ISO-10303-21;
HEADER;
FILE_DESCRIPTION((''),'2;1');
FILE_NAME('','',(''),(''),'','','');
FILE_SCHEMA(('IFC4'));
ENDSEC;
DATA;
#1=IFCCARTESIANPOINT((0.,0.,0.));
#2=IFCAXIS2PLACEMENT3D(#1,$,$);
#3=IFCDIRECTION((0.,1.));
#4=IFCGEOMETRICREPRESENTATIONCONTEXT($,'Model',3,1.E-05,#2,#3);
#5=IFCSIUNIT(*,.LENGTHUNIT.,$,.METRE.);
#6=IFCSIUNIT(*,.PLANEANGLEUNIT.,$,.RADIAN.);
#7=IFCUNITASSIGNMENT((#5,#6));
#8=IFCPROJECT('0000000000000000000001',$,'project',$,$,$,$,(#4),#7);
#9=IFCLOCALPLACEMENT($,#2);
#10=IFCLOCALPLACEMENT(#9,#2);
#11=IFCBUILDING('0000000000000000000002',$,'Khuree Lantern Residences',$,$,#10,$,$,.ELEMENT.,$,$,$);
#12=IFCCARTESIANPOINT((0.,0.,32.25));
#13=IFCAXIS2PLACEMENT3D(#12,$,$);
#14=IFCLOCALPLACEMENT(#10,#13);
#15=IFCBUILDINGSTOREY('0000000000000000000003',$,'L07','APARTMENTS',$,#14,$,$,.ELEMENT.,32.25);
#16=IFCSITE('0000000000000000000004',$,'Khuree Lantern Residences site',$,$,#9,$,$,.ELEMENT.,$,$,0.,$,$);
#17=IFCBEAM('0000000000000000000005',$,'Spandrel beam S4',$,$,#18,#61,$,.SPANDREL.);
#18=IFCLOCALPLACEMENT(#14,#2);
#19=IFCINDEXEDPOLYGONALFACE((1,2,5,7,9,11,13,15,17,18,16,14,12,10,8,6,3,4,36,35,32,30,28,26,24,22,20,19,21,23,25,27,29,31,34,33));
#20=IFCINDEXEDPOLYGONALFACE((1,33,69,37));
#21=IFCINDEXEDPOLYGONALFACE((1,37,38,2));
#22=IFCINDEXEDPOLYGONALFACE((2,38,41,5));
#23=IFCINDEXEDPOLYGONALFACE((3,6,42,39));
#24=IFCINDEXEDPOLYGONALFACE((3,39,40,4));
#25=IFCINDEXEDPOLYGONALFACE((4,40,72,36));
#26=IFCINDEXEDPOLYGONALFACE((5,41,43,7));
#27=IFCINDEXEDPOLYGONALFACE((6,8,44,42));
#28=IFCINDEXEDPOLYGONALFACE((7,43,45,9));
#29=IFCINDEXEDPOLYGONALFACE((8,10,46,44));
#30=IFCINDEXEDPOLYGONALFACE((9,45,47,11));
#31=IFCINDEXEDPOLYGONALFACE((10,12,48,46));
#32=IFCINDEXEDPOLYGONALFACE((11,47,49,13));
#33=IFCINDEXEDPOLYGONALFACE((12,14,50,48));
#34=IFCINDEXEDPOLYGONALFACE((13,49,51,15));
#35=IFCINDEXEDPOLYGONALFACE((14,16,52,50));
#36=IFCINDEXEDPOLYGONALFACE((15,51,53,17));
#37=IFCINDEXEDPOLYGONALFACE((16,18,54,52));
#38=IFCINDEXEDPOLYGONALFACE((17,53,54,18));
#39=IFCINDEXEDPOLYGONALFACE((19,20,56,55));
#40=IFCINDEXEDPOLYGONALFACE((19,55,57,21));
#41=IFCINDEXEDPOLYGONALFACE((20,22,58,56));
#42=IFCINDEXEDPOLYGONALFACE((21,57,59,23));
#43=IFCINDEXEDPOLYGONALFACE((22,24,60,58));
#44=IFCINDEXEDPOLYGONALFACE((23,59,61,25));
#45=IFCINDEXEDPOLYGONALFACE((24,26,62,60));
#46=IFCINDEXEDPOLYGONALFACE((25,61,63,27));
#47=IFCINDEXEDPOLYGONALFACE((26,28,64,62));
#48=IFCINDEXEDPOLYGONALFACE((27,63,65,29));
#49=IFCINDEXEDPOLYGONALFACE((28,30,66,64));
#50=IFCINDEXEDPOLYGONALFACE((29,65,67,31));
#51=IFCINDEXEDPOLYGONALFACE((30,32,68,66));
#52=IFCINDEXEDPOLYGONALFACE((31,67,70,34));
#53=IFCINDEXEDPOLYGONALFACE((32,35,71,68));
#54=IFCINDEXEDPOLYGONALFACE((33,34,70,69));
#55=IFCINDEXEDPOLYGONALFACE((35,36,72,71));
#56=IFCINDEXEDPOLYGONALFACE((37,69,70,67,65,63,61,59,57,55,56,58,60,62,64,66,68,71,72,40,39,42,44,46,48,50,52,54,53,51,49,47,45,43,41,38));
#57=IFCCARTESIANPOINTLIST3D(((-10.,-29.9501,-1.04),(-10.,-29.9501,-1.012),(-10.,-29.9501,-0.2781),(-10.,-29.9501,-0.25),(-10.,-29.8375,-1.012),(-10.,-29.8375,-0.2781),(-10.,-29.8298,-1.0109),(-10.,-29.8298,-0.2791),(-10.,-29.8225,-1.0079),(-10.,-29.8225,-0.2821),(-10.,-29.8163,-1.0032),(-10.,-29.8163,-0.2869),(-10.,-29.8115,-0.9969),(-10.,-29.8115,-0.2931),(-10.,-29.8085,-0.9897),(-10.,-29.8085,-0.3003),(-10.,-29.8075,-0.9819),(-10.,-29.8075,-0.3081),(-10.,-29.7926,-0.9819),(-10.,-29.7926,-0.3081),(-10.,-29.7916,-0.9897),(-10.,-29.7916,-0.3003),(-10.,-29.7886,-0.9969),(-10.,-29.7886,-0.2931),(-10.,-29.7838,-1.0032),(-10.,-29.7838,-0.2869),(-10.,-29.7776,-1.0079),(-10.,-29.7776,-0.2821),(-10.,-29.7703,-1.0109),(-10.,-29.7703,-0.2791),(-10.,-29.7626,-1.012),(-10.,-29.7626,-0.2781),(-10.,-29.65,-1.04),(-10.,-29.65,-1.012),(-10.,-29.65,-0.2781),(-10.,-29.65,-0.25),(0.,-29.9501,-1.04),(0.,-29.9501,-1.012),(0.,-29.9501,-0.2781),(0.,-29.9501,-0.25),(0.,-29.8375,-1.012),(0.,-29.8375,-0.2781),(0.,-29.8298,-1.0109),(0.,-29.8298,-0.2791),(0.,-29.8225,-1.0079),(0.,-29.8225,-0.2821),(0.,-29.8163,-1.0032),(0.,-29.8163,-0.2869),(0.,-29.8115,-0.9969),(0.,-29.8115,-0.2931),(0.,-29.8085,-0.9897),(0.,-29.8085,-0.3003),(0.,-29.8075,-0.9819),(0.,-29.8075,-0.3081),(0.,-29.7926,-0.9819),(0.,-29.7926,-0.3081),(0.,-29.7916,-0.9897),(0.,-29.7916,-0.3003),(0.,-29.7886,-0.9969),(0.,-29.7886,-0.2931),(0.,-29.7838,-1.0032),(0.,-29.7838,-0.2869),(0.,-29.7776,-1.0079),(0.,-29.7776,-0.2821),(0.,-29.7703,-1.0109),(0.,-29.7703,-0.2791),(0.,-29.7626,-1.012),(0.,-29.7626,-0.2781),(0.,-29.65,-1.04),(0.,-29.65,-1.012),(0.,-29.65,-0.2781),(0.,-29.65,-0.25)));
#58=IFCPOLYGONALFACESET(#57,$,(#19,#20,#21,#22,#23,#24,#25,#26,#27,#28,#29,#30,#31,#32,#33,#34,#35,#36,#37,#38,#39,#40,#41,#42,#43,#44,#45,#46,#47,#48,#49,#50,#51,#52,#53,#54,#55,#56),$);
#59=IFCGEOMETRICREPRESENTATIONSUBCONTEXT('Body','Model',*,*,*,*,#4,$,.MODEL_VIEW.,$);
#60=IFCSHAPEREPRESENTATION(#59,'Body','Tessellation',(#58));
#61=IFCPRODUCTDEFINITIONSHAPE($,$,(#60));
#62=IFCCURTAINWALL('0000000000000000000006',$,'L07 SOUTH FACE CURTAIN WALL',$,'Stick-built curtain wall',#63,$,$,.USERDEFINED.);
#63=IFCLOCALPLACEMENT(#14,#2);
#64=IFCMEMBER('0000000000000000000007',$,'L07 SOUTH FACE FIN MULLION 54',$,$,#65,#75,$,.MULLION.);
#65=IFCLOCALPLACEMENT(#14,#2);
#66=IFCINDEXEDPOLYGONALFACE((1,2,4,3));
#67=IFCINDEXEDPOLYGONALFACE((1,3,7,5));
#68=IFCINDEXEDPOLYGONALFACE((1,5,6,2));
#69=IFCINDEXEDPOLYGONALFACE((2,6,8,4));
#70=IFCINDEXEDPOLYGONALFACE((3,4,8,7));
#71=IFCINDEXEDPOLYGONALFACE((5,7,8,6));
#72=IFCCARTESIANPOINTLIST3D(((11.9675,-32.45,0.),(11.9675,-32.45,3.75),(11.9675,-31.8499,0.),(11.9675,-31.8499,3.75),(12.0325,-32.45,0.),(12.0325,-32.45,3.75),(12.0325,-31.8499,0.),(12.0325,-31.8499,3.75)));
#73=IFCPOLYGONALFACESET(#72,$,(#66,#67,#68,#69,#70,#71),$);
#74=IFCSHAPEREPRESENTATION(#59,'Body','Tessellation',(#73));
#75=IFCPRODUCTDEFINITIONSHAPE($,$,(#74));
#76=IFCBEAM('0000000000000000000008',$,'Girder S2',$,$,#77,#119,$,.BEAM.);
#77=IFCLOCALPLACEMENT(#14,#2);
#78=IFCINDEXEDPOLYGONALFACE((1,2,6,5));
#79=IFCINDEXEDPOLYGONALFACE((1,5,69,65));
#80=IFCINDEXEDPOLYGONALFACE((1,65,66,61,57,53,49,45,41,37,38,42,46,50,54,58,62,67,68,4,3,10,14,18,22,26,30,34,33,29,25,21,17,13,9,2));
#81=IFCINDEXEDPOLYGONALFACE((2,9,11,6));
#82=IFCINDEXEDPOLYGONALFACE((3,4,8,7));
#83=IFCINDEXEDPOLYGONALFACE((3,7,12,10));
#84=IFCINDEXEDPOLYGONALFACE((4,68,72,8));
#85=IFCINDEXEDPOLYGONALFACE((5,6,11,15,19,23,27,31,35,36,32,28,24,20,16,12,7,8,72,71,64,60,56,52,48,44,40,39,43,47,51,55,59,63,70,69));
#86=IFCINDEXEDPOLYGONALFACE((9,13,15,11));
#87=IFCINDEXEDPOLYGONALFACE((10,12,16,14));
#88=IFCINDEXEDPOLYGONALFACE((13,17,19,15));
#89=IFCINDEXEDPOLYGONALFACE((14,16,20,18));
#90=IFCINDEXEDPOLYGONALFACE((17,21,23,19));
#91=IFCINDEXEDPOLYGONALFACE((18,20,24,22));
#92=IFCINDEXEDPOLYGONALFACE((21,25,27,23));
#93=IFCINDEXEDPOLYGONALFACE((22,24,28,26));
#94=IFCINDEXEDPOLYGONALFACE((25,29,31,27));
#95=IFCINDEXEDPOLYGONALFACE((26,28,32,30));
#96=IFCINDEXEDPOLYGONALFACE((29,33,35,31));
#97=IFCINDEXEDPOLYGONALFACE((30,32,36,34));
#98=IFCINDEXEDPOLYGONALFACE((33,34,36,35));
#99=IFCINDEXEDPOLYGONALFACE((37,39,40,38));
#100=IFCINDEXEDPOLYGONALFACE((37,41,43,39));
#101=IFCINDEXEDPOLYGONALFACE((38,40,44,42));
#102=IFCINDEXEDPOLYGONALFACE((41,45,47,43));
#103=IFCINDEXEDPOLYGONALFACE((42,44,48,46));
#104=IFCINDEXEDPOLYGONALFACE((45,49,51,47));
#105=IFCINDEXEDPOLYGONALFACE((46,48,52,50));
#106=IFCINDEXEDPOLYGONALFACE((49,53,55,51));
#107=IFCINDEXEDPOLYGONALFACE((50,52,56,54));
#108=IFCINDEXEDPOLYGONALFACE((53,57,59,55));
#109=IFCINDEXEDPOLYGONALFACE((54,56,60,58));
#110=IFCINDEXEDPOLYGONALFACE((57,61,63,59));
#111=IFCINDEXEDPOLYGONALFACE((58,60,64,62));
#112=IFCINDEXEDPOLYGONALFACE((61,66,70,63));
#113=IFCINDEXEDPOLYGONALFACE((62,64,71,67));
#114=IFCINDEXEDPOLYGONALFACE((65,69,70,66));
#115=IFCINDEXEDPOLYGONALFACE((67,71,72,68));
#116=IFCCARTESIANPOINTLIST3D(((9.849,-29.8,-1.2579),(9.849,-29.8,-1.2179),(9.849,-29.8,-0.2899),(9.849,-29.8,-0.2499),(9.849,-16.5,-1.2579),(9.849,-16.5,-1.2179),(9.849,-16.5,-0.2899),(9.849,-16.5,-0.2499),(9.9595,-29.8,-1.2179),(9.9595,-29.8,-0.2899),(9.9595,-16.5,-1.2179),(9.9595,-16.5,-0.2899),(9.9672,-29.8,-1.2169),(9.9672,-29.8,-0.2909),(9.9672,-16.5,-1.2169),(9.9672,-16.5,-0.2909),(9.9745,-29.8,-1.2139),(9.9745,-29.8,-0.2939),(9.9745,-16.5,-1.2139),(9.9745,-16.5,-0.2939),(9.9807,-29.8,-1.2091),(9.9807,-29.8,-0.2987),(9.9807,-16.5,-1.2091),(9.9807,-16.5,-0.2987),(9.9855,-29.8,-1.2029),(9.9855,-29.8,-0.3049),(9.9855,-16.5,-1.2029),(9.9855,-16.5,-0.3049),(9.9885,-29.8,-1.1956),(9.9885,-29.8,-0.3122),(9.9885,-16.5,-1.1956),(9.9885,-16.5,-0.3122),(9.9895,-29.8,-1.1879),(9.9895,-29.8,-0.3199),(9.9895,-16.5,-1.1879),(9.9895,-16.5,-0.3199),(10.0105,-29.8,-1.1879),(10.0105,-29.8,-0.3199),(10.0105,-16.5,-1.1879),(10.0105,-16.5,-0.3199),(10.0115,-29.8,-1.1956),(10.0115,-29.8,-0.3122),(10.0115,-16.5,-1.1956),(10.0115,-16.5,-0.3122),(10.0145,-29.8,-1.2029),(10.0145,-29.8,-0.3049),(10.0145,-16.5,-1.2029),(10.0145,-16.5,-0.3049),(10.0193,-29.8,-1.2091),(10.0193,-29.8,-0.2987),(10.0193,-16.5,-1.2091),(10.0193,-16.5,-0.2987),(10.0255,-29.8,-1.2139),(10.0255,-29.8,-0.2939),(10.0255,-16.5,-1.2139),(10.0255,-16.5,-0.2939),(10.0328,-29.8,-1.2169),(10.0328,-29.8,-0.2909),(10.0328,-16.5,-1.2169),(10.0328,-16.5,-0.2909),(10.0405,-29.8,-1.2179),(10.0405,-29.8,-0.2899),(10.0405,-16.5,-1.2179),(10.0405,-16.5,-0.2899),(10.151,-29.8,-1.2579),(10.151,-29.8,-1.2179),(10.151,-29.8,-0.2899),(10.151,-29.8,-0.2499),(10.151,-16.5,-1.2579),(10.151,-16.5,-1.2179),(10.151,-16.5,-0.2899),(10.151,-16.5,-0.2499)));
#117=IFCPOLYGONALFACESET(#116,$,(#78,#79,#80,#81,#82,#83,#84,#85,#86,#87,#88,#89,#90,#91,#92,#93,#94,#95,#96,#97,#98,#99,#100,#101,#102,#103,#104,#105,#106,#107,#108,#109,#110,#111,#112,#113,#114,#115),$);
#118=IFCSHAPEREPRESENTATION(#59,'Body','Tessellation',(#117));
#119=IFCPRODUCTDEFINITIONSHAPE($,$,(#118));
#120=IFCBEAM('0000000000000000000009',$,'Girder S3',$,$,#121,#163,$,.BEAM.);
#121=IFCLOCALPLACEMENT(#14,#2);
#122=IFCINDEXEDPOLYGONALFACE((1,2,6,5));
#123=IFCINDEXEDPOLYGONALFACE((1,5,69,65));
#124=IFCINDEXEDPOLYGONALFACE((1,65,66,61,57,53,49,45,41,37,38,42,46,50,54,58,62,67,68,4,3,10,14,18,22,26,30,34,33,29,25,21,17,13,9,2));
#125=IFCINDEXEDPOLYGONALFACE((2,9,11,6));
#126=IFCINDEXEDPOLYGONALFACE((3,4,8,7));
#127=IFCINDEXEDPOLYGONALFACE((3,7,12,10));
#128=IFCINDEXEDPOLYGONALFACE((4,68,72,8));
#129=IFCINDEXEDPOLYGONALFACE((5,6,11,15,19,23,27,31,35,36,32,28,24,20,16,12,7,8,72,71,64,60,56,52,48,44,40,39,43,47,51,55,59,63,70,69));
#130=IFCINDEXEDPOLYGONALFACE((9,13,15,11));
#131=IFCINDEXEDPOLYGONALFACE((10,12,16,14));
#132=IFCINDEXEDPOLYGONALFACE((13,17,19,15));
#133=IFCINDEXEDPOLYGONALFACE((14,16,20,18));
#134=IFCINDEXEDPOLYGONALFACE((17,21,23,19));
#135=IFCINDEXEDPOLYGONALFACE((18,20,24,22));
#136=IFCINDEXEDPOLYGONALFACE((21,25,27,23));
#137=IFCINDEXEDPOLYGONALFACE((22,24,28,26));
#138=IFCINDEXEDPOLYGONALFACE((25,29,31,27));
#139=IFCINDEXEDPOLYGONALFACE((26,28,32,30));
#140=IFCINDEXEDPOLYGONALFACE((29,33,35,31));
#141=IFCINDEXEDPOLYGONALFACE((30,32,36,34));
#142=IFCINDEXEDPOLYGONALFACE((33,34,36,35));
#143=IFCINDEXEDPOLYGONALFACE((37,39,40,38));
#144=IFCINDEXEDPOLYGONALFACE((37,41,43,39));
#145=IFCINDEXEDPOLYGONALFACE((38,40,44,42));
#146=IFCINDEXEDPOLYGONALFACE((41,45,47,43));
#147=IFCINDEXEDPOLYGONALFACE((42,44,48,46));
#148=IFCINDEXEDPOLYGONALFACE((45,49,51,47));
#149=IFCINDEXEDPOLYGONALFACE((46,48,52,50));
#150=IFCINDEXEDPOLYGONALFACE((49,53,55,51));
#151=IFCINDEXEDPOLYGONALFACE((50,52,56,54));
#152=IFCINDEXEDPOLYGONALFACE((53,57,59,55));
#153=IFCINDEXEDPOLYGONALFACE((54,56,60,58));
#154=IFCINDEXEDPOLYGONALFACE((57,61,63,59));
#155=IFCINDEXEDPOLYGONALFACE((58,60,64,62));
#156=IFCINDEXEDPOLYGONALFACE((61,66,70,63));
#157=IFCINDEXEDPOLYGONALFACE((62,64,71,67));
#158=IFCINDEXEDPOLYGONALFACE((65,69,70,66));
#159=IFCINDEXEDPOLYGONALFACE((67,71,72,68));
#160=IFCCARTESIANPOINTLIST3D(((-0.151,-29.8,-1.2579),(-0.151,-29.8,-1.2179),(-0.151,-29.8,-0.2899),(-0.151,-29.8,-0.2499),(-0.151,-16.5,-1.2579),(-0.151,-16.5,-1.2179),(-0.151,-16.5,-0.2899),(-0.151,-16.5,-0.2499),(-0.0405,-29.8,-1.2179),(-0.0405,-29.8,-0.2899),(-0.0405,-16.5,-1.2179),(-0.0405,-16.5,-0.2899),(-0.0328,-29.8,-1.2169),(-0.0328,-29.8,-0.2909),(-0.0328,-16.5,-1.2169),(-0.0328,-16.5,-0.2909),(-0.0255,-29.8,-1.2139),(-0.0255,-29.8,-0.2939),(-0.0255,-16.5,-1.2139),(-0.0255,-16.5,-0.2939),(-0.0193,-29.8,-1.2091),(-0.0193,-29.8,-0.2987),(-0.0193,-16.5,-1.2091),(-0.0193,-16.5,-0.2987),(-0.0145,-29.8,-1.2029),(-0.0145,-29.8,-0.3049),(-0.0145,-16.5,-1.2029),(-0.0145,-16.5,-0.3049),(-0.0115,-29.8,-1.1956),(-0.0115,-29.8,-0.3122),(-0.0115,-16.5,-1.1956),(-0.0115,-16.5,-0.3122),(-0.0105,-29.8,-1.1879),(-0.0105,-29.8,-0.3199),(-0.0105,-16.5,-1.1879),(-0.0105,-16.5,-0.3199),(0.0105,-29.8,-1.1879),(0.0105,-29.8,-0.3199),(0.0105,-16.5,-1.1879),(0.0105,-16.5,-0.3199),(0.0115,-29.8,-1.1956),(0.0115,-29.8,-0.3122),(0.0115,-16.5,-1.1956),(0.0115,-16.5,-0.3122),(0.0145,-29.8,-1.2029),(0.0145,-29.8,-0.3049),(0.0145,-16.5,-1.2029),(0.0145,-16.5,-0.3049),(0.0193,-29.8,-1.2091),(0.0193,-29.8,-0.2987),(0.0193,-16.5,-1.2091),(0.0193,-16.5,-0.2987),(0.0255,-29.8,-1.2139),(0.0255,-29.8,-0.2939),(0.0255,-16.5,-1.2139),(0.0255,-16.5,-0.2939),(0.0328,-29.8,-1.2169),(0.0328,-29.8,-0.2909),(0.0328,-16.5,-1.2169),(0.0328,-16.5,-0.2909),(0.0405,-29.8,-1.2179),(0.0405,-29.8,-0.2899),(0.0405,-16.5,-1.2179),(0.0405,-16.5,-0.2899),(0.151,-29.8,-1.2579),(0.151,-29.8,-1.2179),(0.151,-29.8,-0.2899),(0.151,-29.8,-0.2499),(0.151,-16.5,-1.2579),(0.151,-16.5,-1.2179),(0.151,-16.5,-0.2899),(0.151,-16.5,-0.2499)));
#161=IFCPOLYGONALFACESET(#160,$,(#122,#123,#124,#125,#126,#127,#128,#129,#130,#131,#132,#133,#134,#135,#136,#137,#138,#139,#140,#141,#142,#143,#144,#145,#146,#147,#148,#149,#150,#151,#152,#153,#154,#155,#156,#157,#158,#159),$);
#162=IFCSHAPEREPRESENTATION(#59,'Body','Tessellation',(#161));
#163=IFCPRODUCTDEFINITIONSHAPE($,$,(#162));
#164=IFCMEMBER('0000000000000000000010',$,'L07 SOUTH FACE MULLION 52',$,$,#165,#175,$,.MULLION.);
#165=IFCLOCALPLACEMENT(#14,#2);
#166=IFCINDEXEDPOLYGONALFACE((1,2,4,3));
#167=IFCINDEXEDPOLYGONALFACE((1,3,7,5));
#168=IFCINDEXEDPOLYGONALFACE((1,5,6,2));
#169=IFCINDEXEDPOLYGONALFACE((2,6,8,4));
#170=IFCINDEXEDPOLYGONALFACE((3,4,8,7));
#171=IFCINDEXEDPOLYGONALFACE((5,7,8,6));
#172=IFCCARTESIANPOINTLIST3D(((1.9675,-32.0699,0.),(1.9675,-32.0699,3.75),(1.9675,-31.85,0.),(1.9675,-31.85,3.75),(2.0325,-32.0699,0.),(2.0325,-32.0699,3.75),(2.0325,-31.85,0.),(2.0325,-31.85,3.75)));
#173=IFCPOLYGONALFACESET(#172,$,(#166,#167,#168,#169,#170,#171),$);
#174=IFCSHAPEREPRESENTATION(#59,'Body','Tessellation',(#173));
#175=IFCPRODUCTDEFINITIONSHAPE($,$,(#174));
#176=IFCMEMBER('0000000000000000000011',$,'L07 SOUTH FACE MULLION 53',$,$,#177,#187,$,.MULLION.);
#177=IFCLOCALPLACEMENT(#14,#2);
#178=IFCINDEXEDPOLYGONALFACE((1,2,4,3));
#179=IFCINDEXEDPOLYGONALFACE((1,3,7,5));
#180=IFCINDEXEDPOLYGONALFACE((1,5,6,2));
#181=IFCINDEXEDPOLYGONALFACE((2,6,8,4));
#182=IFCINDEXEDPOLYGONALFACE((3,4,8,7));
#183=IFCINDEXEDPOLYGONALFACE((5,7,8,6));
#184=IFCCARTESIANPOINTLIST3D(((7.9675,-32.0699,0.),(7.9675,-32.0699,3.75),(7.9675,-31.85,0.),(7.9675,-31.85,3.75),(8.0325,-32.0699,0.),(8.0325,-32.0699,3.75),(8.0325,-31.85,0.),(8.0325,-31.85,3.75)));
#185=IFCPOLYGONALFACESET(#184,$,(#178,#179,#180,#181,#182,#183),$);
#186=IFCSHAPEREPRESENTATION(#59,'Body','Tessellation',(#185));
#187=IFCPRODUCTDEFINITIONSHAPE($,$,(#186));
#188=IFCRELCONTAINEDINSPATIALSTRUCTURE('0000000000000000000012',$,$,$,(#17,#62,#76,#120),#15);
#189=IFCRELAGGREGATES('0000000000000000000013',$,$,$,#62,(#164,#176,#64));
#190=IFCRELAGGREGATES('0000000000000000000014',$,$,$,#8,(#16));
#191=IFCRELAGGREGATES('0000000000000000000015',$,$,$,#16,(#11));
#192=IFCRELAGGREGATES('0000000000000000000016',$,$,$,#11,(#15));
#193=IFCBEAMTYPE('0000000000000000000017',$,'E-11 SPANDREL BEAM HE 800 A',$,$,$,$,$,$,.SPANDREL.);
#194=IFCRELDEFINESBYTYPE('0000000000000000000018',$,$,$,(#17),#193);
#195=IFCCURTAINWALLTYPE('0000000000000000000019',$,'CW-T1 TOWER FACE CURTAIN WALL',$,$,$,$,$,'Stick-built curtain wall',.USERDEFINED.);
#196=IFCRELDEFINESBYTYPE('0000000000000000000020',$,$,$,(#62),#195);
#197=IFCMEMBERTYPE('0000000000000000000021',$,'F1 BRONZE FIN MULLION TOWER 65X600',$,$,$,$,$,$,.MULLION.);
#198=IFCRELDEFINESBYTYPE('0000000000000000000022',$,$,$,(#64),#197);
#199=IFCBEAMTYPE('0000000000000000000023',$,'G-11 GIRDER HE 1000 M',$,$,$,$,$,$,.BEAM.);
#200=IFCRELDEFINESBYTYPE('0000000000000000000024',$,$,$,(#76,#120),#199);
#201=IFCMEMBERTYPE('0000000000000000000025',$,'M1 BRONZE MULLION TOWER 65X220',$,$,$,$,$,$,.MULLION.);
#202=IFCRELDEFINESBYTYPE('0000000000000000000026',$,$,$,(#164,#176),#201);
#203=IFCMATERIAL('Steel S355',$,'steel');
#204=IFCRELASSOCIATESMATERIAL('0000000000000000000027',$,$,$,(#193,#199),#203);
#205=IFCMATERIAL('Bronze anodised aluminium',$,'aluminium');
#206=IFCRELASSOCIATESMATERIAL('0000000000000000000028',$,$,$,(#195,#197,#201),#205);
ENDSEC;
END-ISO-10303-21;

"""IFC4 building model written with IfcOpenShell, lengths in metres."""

from ifc_helpers import new_model, si_unit, direction, frame, origin, origin_2d, place, context, subcontext, project, spatial, rectangle, i_section, extrude, material, material_profile, profile_set, type_object, element, aggregate, save


model = new_model("IFC4")

# Units and contexts
model_context = context("Model", 3, precision=1e-05, world=origin(), true_north=direction((0.0, 1.0)))
body_context = subcontext(model_context, "Body", "Model", "MODEL_VIEW")
ifc_project = project(units=[si_unit("LENGTHUNIT", "METRE"), si_unit("PLANEANGLEUNIT", "RADIAN")], contexts=[model_context])

# Site, building, storey
site_placement = place(None, origin())
site = spatial("IfcSite", under=ifc_project, at=site_placement, Name="Khuree Lantern Residences site", CompositionType="ELEMENT", RefElevation=0.0)
building_placement = place(site_placement, origin())
building = spatial("IfcBuilding", under=site, at=building_placement, Name="Khuree Lantern Residences", CompositionType="ELEMENT")
storey_placement = place(building_placement, frame((0.0, 0.0, 32.25)))
storey = spatial("IfcBuildingStorey", under=building, at=storey_placement, Name="L07", Description="APARTMENTS", CompositionType="ELEMENT", Elevation=32.25)

# Beam
ifc_material_1 = material(Name="Steel S355", Category="steel")
ifc_material_profile_1 = material_profile(ifc_material_1, i_section(OverallWidth=0.3, OverallDepth=0.79, WebThickness=0.0149, FlangeThickness=0.0281, FilletRadius=0.03, at=origin_2d()), Name="HE 800 A")
ifc_profile_set_1 = profile_set([ifc_material_profile_1], Name="Steel S355")
beam_type_1 = type_object("IfcBeamType", Name="E-11 SPANDREL BEAM HE 800 A", PredefinedType="SPANDREL", material=ifc_profile_set_1)
for number, where, z_axis, x_axis, name in (
    (1, (0.0, -29.8, -0.645), (-1.0, 0.0, 0.0), (0.0, -1.0, 0.0), "Spandrel beam S4"),
):
    element("IfcBeam", number, at=place(storey_placement, frame(where, z_axis=z_axis, x_axis=x_axis)), inside=storey, type_object=beam_type_1, Name=name, PredefinedType="SPANDREL", context=body_context, shape_type="SweptSolid", body=[
        extrude(i_section(OverallWidth=0.3, OverallDepth=0.79, WebThickness=0.0149, FlangeThickness=0.0281, FilletRadius=0.03, at=origin_2d()), origin(), (0.0, 0.0, 1.0), 10.0),
    ])

# Curtain wall, member
ifc_material_2 = material(Name="Bronze anodised aluminium", Category="aluminium")
curtain_wall_type = type_object("IfcCurtainWallType", Name="CW-T1 TOWER FACE CURTAIN WALL", ElementType="Stick-built curtain wall", PredefinedType="USERDEFINED", material=ifc_material_2)
curtain_wall_placement = place(storey_placement, origin())
curtain_wall = element("IfcCurtainWall", 2, at=curtain_wall_placement, inside=storey, type_object=curtain_wall_type, Name="L07 SOUTH FACE CURTAIN WALL", ObjectType="Stick-built curtain wall", PredefinedType="USERDEFINED")
ifc_material_profile_2 = material_profile(ifc_material_2, rectangle(XDim=0.0649, YDim=0.6001, at=origin_2d()), Name="F1 65X600")
ifc_profile_set_2 = profile_set([ifc_material_profile_2], Name="Bronze anodised aluminium")
member_type_1 = type_object("IfcMemberType", Name="F1 BRONZE FIN MULLION TOWER 65X600", PredefinedType="MULLION", material=ifc_profile_set_2)
member_1_placement = place(storey_placement, frame((12.0, -32.1499, 0.0), z_axis=(0.0, 0.0, 1.0), x_axis=(1.0, 0.0, 0.0)))
member_1 = element("IfcMember", 3, at=member_1_placement, type_object=member_type_1, Name="L07 SOUTH FACE FIN MULLION 54", PredefinedType="MULLION", context=body_context, shape_type="SweptSolid", body=[
    extrude(rectangle(XDim=0.0649, YDim=0.6001, at=origin_2d()), origin(), (0.0, 0.0, 1.0), 3.75),
])

# Beams
ifc_material_profile_3 = material_profile(ifc_material_1, i_section(OverallWidth=0.302, OverallDepth=1.0081, WebThickness=0.021, FlangeThickness=0.04, FilletRadius=0.03, at=origin_2d()), Name="HE 1000 M")
ifc_profile_set_3 = profile_set([ifc_material_profile_3], Name="Steel S355")
beam_type_2 = type_object("IfcBeamType", Name="G-11 GIRDER HE 1000 M", PredefinedType="BEAM", material=ifc_profile_set_3)
for number, where, z_axis, x_axis, name in (
    (4, (10.0, -29.8, -0.7539), (0.0, 1.0, 0.0), (-1.0, 0.0, 0.0), "Girder S2"),
    (5, (0.0, -29.8, -0.7539), (0.0, 1.0, 0.0), (-1.0, 0.0, 0.0), "Girder S3"),
):
    element("IfcBeam", number, at=place(storey_placement, frame(where, z_axis=z_axis, x_axis=x_axis)), inside=storey, type_object=beam_type_2, Name=name, PredefinedType="BEAM", context=body_context, shape_type="SweptSolid", body=[
        extrude(i_section(OverallWidth=0.302, OverallDepth=1.0081, WebThickness=0.021, FlangeThickness=0.04, FilletRadius=0.03, at=origin_2d()), origin(), (0.0, 0.0, 1.0), 13.3),
    ])

# Members
ifc_material_profile_4 = material_profile(ifc_material_2, rectangle(XDim=0.0649, YDim=0.22, at=origin_2d()), Name="M1 65X220")
ifc_profile_set_4 = profile_set([ifc_material_profile_4], Name="Bronze anodised aluminium")
member_type_2 = type_object("IfcMemberType", Name="M1 BRONZE MULLION TOWER 65X220", PredefinedType="MULLION", material=ifc_profile_set_4)
member_2_placement = place(storey_placement, frame((2.0, -31.96, 0.0), z_axis=(0.0, 0.0, 1.0), x_axis=(1.0, 0.0, 0.0)))
member_2 = element("IfcMember", 6, at=member_2_placement, type_object=member_type_2, Name="L07 SOUTH FACE MULLION 52", PredefinedType="MULLION", context=body_context, shape_type="SweptSolid", body=[
    extrude(rectangle(XDim=0.0649, YDim=0.22, at=origin_2d()), origin(), (0.0, 0.0, 1.0), 3.75),
])
member_3_placement = place(storey_placement, frame((8.0, -31.96, 0.0), z_axis=(0.0, 0.0, 1.0), x_axis=(1.0, 0.0, 0.0)))
member_3 = element("IfcMember", 7, at=member_3_placement, type_object=member_type_2, Name="L07 SOUTH FACE MULLION 53", PredefinedType="MULLION", context=body_context, shape_type="SweptSolid", body=[
    extrude(rectangle(XDim=0.0649, YDim=0.22, at=origin_2d()), origin(), (0.0, 0.0, 1.0), 3.75),
])

aggregate(curtain_wall, [member_2, member_3, member_1])

save(model, "model.ifc")
